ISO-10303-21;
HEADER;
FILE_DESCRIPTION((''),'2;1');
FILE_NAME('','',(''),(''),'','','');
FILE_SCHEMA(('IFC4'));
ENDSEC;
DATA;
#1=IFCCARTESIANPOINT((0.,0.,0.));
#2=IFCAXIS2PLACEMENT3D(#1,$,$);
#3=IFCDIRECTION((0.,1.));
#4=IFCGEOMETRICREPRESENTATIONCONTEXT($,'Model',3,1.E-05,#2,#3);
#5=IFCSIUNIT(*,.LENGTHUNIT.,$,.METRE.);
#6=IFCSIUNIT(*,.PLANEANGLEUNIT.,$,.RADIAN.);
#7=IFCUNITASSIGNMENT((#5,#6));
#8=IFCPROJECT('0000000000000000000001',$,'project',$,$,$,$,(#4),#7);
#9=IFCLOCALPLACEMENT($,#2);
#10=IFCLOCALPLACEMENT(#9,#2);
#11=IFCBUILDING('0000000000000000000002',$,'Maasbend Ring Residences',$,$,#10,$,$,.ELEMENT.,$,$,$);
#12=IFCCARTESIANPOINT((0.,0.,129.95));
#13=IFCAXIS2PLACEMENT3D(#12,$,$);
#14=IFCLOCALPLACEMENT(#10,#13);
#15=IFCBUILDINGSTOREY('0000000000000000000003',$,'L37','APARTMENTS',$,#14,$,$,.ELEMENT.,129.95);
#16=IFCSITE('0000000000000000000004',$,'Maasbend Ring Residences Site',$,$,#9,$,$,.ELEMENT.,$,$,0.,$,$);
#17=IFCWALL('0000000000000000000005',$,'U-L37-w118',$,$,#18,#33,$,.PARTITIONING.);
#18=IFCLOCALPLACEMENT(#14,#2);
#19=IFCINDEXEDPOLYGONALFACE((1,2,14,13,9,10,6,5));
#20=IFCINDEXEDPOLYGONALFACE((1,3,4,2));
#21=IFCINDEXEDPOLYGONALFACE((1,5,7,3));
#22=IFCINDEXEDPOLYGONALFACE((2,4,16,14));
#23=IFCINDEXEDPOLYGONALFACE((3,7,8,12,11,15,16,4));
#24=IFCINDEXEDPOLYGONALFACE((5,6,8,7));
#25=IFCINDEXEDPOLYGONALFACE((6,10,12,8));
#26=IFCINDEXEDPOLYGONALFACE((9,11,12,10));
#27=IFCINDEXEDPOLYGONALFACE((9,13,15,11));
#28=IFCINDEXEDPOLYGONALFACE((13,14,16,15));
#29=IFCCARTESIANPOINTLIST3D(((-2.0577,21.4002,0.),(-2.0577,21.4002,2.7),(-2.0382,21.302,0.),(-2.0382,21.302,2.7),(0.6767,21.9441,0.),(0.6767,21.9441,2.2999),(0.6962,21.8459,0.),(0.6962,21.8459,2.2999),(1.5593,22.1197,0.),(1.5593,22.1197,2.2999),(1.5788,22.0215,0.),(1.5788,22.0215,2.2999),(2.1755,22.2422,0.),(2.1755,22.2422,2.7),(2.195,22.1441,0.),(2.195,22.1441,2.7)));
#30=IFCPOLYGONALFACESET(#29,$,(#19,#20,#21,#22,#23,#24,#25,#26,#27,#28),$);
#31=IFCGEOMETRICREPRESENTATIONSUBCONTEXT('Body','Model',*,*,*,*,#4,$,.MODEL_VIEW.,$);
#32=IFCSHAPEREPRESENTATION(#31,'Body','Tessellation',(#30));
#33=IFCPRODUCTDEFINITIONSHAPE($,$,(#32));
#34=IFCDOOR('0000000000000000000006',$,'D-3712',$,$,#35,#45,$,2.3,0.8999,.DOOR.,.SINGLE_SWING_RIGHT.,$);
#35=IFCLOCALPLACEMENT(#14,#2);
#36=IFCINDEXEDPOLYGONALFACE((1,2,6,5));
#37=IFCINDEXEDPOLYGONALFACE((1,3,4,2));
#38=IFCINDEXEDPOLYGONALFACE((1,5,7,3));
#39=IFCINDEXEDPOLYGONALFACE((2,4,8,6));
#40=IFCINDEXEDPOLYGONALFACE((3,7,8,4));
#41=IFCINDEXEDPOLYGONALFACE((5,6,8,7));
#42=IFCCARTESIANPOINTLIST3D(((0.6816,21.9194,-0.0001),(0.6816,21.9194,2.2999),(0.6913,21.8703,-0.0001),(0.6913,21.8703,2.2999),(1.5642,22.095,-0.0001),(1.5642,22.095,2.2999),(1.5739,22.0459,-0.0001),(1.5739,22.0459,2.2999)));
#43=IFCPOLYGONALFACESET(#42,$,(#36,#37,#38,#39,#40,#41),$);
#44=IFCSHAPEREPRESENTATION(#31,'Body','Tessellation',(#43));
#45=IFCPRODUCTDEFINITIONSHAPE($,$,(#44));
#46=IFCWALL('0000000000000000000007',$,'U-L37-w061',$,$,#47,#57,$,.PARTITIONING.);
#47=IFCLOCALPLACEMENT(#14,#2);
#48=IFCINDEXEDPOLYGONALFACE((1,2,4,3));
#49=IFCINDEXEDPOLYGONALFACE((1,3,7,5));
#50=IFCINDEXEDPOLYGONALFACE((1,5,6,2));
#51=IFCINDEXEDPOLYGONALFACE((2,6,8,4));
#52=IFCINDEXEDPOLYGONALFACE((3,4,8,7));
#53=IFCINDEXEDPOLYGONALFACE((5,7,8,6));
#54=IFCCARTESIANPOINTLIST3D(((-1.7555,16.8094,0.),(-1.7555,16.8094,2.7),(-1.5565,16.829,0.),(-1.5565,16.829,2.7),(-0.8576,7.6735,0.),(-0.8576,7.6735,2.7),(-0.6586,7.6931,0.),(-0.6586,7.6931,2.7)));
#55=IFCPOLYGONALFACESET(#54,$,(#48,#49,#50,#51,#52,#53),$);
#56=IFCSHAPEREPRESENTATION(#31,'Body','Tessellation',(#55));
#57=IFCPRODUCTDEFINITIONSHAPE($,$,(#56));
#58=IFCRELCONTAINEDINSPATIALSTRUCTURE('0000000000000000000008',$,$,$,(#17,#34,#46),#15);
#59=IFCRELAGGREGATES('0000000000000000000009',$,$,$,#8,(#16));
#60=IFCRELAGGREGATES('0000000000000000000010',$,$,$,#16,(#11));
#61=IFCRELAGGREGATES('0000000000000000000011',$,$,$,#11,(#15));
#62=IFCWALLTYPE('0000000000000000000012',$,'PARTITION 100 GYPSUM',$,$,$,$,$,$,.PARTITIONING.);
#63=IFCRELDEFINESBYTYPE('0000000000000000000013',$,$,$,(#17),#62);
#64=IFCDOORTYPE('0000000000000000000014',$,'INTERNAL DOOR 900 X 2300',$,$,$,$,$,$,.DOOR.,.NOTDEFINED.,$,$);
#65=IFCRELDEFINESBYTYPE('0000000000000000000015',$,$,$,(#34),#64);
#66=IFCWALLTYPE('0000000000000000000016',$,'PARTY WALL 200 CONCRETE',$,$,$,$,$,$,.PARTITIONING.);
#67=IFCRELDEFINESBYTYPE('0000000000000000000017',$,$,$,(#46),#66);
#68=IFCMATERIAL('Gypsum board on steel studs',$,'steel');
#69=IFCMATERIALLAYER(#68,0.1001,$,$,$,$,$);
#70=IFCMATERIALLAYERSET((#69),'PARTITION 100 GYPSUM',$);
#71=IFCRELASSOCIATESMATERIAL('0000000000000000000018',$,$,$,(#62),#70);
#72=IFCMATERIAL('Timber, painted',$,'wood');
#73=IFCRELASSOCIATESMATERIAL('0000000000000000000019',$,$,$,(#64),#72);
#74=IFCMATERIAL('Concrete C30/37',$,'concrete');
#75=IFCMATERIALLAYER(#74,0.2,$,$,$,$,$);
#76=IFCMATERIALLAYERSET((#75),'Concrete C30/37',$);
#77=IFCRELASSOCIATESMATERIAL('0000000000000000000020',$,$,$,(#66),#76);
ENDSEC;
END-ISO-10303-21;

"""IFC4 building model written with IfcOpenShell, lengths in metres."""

from ifc_helpers import new_model, si_unit, direction, frame, frame_2d, origin, place, context, subcontext, project, spatial, rectangle, extrude, material, layer, layer_set, type_object, element, fill, save


model = new_model("IFC4")

# Units and contexts
model_context = context("Model", 3, precision=1e-05, world=origin(), true_north=direction((0.0, 1.0)))
body_context = subcontext(model_context, "Body", "Model", "MODEL_VIEW")
ifc_project = project(units=[si_unit("LENGTHUNIT", "METRE"), si_unit("PLANEANGLEUNIT", "RADIAN")], contexts=[model_context])

# Site, building, storey
site_placement = place(None, origin())
site = spatial("IfcSite", under=ifc_project, at=site_placement, Name="Maasbend Ring Residences Site", CompositionType="ELEMENT", RefElevation=0.0)
building_placement = place(site_placement, origin())
building = spatial("IfcBuilding", under=site, at=building_placement, Name="Maasbend Ring Residences", CompositionType="ELEMENT")
storey_placement = place(building_placement, frame((0.0, 0.0, 129.95)))
storey = spatial("IfcBuildingStorey", under=building, at=storey_placement, Name="L37", Description="APARTMENTS", CompositionType="ELEMENT", Elevation=129.95)

# Shared definitions
ifc_material_1 = material(Name="Gypsum board on steel studs", Category="steel")
ifc_layer_1 = layer(ifc_material_1, 0.1001)
ifc_layer_set_1 = layer_set([ifc_layer_1], Name="PARTITION 100 GYPSUM")
wall_type_1 = type_object("IfcWallType", Name="PARTITION 100 GYPSUM", PredefinedType="PARTITIONING", material=ifc_layer_set_1)
ifc_material_2 = material(Name="Timber, painted", Category="wood")
door_type_1 = type_object("IfcDoorType", Name="INTERNAL DOOR 900 X 2300", OperationType="NOTDEFINED", PredefinedType="DOOR", material=ifc_material_2)

# Wall, opening, door
wall_1_placement = place(storey_placement, frame((-2.0481, 21.3511, 0.0), z_axis=(0.0, 0.0, 1.0), x_axis=(0.980785, 0.195094, 0.0)))
wall_1 = element("IfcWall", 1, at=wall_1_placement, inside=storey, type_object=wall_type_1, Name="U-L37-w118", PredefinedType="PARTITIONING", context=body_context, shape_type="SweptSolid", body=[
    extrude(rectangle(XDim=4.3162, YDim=0.1001, at=frame_2d((2.1582, 0.0))), origin(), (0.0, 0.0, 1.0), 2.7),
])
opening_1_placement = place(wall_1_placement, frame((2.7881, 0.0, 0.0)))
opening_1 = element("IfcOpeningElement", 2, at=opening_1_placement, cuts=wall_1, PredefinedType="OPENING", context=body_context, shape_type="SweptSolid", body=[
    extrude(rectangle(XDim=0.8999, YDim=2.3, at=frame_2d((0.45, 1.1499))), frame((0.0, 0.0601, 0.0), z_axis=(0.0, -1.0, 0.0), x_axis=(1.0, 0.0, 0.0)), (0.0, 0.0, 1.0), 0.1201),
])
door_1_placement = place(opening_1_placement, origin())
door_1 = element("IfcDoor", 3, at=door_1_placement, inside=storey, type_object=door_type_1, Name="D-3712", OperationType="SINGLE_SWING_RIGHT", OverallHeight=2.3, OverallWidth=0.8999, PredefinedType="DOOR", context=body_context, shape_type="SweptSolid", body=[
    extrude(rectangle(XDim=0.8999, YDim=2.3, at=frame_2d((0.45, 1.1499))), frame((0.0, 0.0249, 0.0), z_axis=(0.0, -1.0, 0.0), x_axis=(1.0, 0.0, 0.0)), (0.0, 0.0, 1.0), 0.05),
])
fill(opening_1, door_1)

# Wall
ifc_material_3 = material(Name="Concrete C30/37", Category="concrete")
ifc_layer_2 = layer(ifc_material_3, 0.2)
ifc_layer_set_2 = layer_set([ifc_layer_2], Name="Concrete C30/37")
wall_type_2 = type_object("IfcWallType", Name="PARTY WALL 200 CONCRETE", PredefinedType="PARTITIONING", material=ifc_layer_set_2)
wall_2_placement = place(storey_placement, frame((-1.656, 16.8191, 0.0), z_axis=(0.0, 0.0, 1.0), x_axis=(0.097816, -0.995205, 0.0)))
element("IfcWall", 4, at=wall_2_placement, inside=storey, type_object=wall_type_2, Name="U-L37-w061", PredefinedType="PARTITIONING", context=body_context, shape_type="SweptSolid", body=[
    extrude(rectangle(XDim=9.1799, YDim=0.2, at=frame_2d((4.5898, 0.0))), origin(), (0.0, 0.0, 1.0), 2.7),
])

save(model, "model.ifc")
